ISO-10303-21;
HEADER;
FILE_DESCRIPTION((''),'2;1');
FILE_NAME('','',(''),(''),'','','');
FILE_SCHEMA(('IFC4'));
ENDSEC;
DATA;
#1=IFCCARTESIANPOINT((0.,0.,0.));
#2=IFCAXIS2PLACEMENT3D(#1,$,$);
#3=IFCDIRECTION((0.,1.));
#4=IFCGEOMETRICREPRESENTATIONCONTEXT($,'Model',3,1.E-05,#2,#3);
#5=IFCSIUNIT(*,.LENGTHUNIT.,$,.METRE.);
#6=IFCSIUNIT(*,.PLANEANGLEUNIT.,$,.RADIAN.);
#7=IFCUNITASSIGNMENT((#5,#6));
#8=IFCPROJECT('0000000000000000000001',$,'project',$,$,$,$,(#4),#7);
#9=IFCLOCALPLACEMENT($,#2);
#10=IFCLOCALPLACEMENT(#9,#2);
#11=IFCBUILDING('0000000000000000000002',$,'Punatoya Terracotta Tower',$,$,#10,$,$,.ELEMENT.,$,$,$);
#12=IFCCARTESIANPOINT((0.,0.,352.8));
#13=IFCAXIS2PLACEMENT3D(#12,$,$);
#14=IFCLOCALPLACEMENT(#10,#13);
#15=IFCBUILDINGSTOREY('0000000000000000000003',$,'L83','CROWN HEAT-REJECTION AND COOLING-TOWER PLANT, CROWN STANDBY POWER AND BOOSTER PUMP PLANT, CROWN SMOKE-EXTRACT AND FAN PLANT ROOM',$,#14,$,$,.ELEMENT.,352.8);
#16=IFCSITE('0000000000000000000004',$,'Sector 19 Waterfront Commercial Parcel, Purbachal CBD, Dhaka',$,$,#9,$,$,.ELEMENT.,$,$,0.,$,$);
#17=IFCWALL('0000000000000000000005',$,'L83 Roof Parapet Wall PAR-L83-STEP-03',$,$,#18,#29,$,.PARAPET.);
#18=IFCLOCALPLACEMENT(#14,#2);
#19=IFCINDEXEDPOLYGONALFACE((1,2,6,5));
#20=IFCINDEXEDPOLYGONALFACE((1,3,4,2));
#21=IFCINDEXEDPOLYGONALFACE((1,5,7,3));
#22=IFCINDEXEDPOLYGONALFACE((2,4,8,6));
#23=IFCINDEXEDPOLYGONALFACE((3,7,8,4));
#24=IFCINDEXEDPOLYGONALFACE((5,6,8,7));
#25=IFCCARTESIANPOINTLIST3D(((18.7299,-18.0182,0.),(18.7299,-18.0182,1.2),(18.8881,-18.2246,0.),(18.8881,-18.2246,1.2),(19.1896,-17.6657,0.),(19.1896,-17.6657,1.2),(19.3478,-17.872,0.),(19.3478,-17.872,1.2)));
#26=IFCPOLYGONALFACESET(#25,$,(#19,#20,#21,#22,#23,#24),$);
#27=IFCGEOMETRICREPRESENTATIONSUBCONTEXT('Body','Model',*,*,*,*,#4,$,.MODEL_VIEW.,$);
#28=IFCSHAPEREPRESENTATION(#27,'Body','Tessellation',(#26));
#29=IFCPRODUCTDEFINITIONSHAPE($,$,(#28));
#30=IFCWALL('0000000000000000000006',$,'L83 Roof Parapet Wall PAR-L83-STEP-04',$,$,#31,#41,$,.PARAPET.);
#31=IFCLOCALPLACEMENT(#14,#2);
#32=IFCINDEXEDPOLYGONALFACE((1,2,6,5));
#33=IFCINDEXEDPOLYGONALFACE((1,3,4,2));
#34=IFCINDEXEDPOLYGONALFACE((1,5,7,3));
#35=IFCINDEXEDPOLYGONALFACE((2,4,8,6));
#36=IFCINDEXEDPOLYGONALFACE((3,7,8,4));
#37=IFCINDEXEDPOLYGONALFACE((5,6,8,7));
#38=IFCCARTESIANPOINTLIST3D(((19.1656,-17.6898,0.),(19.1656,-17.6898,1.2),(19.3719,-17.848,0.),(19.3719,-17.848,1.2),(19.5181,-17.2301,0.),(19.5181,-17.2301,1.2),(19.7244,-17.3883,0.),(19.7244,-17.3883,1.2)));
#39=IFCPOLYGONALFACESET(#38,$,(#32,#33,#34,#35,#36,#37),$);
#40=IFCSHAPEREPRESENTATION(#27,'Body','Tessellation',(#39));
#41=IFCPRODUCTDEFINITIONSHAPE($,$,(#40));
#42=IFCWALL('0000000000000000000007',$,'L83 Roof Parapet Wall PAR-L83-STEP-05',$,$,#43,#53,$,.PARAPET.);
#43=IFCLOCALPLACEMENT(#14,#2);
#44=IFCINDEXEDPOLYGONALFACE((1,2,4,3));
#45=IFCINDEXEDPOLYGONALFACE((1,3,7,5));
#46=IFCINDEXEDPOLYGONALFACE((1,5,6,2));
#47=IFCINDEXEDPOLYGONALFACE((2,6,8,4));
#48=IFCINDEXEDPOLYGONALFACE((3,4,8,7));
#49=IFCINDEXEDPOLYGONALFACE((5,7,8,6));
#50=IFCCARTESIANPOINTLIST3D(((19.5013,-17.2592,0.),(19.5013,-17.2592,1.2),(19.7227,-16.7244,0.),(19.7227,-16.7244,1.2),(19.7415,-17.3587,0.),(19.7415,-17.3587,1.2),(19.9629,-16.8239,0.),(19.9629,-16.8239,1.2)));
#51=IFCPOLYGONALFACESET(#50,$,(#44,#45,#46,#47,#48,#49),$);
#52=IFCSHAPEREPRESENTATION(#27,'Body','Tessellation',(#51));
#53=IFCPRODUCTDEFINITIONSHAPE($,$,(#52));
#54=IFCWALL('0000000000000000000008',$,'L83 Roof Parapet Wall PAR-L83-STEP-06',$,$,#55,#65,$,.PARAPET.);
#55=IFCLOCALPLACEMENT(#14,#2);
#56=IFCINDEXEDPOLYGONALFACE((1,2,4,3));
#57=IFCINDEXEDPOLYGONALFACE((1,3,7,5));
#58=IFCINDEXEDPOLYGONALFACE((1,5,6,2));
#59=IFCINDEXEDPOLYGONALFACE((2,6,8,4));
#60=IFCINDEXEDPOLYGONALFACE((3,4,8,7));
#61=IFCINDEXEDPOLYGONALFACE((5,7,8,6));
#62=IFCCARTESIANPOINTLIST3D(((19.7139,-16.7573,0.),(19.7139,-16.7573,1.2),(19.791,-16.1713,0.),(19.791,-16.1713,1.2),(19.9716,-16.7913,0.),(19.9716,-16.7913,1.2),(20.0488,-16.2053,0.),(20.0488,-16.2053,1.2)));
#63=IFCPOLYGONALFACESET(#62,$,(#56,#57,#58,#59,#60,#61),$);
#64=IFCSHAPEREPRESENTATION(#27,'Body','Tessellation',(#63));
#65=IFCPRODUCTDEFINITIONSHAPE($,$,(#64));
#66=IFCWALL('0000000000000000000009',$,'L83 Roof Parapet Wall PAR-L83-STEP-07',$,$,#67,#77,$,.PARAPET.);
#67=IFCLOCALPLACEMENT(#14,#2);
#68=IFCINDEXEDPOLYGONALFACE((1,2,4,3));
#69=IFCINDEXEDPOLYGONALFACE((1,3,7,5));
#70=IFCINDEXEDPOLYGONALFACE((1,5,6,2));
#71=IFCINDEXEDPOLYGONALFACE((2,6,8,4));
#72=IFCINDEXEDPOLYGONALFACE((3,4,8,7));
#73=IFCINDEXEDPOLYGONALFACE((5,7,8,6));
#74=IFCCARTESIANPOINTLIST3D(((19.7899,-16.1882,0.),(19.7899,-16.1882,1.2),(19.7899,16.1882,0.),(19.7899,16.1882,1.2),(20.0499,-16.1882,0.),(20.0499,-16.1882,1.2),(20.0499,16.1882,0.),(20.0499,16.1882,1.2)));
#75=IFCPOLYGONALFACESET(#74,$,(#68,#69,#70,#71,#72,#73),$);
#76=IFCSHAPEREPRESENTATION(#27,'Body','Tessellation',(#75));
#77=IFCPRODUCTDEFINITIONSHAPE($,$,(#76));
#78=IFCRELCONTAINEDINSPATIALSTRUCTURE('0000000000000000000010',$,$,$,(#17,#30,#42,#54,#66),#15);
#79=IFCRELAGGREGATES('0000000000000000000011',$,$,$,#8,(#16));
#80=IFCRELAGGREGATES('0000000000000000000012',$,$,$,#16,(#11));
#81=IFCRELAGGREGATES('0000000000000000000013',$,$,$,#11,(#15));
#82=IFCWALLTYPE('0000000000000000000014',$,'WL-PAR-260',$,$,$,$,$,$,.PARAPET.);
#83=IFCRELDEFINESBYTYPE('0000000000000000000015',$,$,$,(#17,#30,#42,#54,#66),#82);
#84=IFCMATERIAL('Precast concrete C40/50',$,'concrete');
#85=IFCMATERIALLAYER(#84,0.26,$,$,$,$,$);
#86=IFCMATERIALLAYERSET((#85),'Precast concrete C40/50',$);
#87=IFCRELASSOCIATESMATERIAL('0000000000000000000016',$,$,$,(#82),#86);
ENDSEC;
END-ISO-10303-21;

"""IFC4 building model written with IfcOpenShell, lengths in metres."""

from ifc_helpers import new_model, si_unit, direction, frame, frame_2d, origin, place, context, subcontext, project, spatial, rectangle, extrude, material, layer, layer_set, type_object, element, save


model = new_model("IFC4")

# Units and contexts
model_context = context("Model", 3, precision=1e-05, world=origin(), true_north=direction((0.0, 1.0)))
body_context = subcontext(model_context, "Body", "Model", "MODEL_VIEW")
ifc_project = project(units=[si_unit("LENGTHUNIT", "METRE"), si_unit("PLANEANGLEUNIT", "RADIAN")], contexts=[model_context])

# Site, building, storey
site_placement = place(None, origin())
site = spatial("IfcSite", under=ifc_project, at=site_placement, Name="Sector 19 Waterfront Commercial Parcel, Purbachal CBD, Dhaka", CompositionType="ELEMENT", RefElevation=0.0)
building_placement = place(site_placement, origin())
building = spatial("IfcBuilding", under=site, at=building_placement, Name="Punatoya Terracotta Tower", CompositionType="ELEMENT")
storey_placement = place(building_placement, frame((0.0, 0.0, 352.8)))
storey = spatial("IfcBuildingStorey", under=building, at=storey_placement, Name="L83", Description="CROWN HEAT-REJECTION AND COOLING-TOWER PLANT, CROWN STANDBY POWER AND BOOSTER PUMP PLANT, CROWN SMOKE-EXTRACT AND FAN PLANT ROOM", CompositionType="ELEMENT", Elevation=352.8)

# Walls
ifc_material_1 = material(Name="Precast concrete C40/50", Category="concrete")
ifc_layer_1 = layer(ifc_material_1, 0.26)
ifc_layer_set_1 = layer_set([ifc_layer_1], Name="Precast concrete C40/50")
wall_type_1 = type_object("IfcWallType", Name="WL-PAR-260", PredefinedType="PARAPET", material=ifc_layer_set_1)
for number, where, z_axis, x_axis, name in (
    (1, (18.8091, -18.1213, 0.0), (0.0, 0.0, 1.0), (0.793532, 0.608529, 0.0), "L83 Roof Parapet Wall PAR-L83-STEP-03"),
    (2, (19.2688, -17.7688, 0.0), (0.0, 0.0, 1.0), (0.608529, 0.793532, 0.0), "L83 Roof Parapet Wall PAR-L83-STEP-04"),
):
    element("IfcWall", number, at=place(storey_placement, frame(where, z_axis=z_axis, x_axis=x_axis)), inside=storey, type_object=wall_type_1, Name=name, PredefinedType="PARAPET", context=body_context, shape_type="SweptSolid", body=[
        extrude(rectangle(XDim=0.5793, YDim=0.26, at=frame_2d((0.2896, 0.0))), origin(), (0.0, 0.0, 1.0), 1.2),
    ])
wall_1_placement = place(storey_placement, frame((19.6213, -17.3091, 0.0), z_axis=(0.0, 0.0, 1.0), x_axis=(0.382488, 0.92396, 0.0)))
element("IfcWall", 3, at=wall_1_placement, inside=storey, type_object=wall_type_1, Name="L83 Roof Parapet Wall PAR-L83-STEP-05", PredefinedType="PARAPET", context=body_context, shape_type="SweptSolid", body=[
    extrude(rectangle(XDim=0.5789, YDim=0.26, at=frame_2d((0.2896, 0.0))), origin(), (0.0, 0.0, 1.0), 1.2),
])
wall_2_placement = place(storey_placement, frame((19.8428, -16.7742, 0.0), z_axis=(0.0, 0.0, 1.0), x_axis=(0.13054, 0.991443, 0.0)))
element("IfcWall", 4, at=wall_2_placement, inside=storey, type_object=wall_type_1, Name="L83 Roof Parapet Wall PAR-L83-STEP-06", PredefinedType="PARAPET", context=body_context, shape_type="SweptSolid", body=[
    extrude(rectangle(XDim=0.5911, YDim=0.26, at=frame_2d((0.2954, 0.0))), origin(), (0.0, 0.0, 1.0), 1.2),
])
wall_3_placement = place(storey_placement, frame((19.9199, -16.1882, 0.0), z_axis=(0.0, 0.0, 1.0), x_axis=(0.0, 1.0, 0.0)))
element("IfcWall", 5, at=wall_3_placement, inside=storey, type_object=wall_type_1, Name="L83 Roof Parapet Wall PAR-L83-STEP-07", PredefinedType="PARAPET", context=body_context, shape_type="SweptSolid", body=[
    extrude(rectangle(XDim=32.3765, YDim=0.26, at=frame_2d((16.1882, 0.0))), origin(), (0.0, 0.0, 1.0), 1.2),
])

save(model, "model.ifc")
